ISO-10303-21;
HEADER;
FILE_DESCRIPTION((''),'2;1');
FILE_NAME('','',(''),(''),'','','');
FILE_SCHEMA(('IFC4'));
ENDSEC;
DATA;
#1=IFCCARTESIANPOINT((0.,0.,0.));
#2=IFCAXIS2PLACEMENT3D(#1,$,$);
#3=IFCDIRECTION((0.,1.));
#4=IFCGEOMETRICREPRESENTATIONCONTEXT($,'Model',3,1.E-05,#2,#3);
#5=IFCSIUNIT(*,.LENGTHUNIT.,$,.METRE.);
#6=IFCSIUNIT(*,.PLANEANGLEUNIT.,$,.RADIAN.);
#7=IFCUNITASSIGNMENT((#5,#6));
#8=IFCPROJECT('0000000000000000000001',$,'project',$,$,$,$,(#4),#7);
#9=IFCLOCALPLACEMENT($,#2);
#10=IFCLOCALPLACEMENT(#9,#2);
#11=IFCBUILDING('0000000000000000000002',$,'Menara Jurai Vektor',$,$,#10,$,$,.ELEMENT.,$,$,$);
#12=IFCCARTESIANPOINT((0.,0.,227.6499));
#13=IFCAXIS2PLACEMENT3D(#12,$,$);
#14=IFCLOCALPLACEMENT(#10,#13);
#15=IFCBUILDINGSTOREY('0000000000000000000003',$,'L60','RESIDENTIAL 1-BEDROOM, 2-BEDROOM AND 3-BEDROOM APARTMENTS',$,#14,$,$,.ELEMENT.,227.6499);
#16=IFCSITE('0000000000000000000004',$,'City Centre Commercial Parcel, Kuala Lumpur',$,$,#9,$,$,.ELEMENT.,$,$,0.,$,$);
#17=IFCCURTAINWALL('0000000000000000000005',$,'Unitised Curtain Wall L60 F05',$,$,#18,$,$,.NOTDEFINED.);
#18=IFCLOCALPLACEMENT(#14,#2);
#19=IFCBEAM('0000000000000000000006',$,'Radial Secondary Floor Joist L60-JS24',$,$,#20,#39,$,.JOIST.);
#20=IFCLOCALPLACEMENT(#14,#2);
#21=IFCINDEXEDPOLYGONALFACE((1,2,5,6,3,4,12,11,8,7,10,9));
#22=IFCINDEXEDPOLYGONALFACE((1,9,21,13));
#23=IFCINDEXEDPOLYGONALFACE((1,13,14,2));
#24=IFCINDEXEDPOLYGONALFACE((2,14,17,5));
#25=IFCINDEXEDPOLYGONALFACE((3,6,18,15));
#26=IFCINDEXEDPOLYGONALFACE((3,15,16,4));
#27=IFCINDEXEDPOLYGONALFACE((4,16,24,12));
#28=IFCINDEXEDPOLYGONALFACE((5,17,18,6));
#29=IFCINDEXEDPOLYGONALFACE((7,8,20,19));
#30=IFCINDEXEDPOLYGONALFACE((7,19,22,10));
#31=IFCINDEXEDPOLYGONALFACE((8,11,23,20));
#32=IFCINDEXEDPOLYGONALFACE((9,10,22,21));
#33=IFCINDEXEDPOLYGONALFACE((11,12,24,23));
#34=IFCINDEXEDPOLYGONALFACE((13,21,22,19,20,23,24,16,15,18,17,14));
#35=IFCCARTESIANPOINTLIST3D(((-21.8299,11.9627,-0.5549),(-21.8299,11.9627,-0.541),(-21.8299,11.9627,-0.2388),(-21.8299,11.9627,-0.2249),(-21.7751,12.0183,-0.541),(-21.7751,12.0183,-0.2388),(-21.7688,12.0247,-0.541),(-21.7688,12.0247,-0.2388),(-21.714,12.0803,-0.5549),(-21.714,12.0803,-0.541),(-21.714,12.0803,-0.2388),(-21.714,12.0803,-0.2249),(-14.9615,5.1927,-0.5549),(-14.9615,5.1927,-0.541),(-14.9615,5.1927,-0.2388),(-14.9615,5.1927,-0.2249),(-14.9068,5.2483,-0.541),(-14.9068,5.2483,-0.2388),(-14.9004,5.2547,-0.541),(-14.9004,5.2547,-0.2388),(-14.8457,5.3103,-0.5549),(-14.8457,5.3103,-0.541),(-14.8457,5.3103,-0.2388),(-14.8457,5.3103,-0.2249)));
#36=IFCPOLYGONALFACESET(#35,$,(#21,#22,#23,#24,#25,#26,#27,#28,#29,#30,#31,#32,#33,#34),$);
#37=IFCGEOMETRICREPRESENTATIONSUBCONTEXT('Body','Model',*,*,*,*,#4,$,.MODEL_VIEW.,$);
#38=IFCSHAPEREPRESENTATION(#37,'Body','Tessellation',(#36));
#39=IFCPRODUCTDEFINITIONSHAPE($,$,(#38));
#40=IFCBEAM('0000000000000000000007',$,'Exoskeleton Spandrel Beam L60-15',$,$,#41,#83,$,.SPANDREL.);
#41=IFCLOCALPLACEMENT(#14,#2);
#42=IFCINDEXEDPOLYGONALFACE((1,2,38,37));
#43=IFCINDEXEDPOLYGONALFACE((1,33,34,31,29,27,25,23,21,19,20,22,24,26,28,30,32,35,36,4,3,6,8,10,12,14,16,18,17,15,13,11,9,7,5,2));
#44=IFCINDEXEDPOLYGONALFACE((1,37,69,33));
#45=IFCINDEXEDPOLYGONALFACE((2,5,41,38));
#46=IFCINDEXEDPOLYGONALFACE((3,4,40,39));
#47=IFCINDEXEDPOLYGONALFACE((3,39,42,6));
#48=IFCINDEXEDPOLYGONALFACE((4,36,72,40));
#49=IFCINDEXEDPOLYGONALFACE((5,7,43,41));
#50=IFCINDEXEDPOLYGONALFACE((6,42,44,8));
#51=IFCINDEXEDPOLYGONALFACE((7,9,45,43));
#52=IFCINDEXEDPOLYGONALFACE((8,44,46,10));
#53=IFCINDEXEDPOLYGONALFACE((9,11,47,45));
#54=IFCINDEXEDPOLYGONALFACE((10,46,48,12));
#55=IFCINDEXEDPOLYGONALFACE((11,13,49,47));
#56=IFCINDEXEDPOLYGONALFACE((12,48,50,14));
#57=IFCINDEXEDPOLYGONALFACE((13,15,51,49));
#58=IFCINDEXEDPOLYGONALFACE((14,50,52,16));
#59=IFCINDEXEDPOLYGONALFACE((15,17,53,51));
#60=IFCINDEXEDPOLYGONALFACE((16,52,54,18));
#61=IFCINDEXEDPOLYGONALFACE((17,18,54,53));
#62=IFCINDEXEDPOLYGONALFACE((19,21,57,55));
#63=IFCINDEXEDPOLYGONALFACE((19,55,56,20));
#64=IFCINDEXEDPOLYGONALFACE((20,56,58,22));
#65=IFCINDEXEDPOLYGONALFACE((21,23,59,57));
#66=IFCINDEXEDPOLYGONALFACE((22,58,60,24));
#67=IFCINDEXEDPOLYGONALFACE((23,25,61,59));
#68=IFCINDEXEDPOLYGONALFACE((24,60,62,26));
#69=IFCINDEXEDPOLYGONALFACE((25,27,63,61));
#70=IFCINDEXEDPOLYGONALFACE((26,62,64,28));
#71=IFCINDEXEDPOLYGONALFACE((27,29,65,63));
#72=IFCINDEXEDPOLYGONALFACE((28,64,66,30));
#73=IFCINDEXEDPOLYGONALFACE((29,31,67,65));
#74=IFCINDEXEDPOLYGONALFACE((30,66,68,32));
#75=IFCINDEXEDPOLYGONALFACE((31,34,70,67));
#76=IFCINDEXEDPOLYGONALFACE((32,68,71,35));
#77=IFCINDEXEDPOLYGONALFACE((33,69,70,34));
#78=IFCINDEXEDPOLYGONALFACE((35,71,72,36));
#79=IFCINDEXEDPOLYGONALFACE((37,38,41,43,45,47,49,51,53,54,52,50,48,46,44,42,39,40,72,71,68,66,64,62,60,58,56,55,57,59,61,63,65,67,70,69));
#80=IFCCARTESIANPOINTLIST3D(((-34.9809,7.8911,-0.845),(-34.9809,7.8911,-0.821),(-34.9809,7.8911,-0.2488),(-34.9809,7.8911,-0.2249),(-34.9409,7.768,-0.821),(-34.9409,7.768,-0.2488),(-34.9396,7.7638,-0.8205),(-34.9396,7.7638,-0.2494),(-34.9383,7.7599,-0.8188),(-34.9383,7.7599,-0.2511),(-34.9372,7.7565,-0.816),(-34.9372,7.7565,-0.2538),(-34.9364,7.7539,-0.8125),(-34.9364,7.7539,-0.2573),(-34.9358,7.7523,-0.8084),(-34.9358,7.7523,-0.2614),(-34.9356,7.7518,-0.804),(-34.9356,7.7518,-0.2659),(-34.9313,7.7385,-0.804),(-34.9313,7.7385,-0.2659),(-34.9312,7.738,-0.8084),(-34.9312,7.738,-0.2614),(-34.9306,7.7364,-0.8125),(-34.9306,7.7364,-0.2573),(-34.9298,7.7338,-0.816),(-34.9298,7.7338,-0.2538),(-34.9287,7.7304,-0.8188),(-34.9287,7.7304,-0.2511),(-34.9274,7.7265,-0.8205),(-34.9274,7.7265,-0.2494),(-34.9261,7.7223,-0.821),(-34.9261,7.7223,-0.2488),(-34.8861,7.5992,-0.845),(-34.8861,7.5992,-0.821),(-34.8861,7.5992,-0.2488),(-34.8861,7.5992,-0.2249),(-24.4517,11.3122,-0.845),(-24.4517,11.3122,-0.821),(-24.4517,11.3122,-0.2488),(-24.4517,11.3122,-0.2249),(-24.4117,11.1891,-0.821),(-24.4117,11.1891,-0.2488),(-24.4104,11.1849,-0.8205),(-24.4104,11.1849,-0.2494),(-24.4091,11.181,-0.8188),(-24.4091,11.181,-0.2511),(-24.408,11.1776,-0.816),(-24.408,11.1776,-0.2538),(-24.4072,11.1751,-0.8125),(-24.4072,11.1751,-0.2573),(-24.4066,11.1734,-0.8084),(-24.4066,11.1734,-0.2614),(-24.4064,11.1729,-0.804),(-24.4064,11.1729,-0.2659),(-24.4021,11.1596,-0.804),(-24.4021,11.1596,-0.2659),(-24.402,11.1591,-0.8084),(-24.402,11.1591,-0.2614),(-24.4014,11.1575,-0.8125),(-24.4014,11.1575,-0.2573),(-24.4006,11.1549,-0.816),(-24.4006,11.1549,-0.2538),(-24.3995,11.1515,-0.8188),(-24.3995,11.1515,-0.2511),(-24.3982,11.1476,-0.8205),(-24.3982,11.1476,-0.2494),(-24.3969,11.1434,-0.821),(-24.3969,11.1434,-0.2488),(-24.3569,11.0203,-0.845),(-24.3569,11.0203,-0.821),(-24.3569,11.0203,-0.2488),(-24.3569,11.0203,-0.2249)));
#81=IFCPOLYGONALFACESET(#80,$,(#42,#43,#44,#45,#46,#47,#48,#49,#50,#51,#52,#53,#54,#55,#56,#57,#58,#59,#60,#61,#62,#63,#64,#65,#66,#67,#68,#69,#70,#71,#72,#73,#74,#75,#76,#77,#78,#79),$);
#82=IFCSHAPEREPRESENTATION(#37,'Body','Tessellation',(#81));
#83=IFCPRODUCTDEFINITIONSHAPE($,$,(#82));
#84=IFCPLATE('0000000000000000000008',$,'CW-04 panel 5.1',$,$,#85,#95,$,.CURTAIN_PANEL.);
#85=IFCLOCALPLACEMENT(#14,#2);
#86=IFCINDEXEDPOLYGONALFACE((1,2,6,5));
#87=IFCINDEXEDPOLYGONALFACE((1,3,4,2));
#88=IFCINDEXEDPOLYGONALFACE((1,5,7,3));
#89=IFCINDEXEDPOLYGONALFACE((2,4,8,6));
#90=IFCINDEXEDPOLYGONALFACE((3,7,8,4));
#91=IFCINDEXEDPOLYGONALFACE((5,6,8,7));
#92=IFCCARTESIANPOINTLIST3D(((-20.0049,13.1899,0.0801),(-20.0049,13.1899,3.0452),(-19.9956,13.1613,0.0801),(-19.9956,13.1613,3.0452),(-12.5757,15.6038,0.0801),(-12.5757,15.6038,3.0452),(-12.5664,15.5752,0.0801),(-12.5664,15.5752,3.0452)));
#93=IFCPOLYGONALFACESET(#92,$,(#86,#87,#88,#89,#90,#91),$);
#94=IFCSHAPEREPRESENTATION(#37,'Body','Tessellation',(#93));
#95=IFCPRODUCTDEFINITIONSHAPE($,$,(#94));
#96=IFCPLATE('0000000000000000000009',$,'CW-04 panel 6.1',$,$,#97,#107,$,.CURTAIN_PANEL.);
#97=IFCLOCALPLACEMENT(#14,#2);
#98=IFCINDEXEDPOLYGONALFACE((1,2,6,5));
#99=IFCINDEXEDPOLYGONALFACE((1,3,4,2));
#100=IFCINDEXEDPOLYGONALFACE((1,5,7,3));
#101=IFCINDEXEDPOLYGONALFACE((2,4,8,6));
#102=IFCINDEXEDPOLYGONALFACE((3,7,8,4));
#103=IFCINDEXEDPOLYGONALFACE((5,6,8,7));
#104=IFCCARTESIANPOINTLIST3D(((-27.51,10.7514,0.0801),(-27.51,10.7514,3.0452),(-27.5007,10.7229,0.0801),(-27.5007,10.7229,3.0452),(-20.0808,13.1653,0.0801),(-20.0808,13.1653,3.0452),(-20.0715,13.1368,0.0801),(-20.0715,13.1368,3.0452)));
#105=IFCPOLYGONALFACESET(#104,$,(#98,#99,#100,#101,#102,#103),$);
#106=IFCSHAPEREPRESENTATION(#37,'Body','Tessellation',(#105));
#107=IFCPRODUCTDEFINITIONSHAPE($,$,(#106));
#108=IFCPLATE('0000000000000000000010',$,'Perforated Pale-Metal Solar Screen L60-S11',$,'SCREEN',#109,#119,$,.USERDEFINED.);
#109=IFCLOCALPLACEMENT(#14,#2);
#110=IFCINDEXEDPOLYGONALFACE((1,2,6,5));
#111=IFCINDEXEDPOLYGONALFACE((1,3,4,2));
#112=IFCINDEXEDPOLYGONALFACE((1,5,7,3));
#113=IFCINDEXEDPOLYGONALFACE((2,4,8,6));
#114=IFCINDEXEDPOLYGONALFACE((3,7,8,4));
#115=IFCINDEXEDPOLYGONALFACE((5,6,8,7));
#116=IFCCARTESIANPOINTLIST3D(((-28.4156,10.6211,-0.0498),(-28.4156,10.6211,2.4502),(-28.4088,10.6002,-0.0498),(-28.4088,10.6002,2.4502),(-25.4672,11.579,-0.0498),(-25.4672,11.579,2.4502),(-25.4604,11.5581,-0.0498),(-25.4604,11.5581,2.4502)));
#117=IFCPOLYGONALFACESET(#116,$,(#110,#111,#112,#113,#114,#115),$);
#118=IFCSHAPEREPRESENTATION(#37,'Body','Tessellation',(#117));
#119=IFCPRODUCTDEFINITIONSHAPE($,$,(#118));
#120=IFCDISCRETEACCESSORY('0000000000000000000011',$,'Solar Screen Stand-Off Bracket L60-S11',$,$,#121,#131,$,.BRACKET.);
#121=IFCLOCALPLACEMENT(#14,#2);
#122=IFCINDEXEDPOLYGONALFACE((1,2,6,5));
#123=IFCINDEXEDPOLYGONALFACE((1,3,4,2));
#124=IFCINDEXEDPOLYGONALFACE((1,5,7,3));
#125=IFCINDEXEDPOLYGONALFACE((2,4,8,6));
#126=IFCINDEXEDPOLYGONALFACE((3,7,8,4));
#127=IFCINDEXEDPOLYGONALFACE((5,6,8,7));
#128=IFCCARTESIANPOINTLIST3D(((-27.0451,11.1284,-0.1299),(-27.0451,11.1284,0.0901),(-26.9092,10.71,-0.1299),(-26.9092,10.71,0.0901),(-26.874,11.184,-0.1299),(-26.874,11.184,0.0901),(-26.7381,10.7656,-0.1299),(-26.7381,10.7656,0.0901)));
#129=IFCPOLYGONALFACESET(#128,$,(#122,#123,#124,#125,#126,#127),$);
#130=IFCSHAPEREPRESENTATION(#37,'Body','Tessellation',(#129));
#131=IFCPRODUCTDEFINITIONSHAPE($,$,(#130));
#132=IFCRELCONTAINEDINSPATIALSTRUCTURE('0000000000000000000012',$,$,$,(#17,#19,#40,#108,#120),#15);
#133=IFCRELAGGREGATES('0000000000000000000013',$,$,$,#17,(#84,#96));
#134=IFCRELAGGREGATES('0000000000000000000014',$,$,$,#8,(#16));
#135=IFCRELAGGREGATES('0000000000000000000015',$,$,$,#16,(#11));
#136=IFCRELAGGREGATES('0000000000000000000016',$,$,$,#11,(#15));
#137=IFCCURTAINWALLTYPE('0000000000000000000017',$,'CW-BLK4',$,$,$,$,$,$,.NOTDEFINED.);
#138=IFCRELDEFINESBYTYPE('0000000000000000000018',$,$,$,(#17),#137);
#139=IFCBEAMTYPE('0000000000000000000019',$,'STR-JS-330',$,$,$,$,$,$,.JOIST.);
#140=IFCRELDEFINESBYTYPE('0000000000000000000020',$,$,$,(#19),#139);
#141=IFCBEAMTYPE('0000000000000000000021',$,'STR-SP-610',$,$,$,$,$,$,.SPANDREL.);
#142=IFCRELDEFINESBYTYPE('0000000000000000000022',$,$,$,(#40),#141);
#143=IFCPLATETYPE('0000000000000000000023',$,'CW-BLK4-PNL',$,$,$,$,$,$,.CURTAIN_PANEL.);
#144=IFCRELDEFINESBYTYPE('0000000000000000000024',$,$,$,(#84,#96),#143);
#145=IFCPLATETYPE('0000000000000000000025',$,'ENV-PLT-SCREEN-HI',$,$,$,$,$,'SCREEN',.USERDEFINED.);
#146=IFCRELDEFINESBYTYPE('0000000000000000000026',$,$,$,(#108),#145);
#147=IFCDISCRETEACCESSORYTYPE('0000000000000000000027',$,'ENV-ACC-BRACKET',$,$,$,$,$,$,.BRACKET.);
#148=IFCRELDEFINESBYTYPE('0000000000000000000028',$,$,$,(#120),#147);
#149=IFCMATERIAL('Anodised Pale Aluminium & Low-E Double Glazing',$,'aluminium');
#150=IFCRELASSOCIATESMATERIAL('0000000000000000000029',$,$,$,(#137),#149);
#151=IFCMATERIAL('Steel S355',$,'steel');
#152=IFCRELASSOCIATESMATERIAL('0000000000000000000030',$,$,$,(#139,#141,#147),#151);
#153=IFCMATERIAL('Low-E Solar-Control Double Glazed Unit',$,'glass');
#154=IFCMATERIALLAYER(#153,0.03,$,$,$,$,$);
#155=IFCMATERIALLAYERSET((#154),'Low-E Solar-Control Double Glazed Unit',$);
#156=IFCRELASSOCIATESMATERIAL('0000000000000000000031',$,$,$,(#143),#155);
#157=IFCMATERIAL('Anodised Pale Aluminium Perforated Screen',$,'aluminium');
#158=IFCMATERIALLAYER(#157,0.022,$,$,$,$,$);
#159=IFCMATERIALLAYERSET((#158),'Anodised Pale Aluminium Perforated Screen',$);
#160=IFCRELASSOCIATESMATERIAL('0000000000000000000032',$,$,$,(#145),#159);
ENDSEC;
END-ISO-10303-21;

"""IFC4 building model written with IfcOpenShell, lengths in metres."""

from ifc_helpers import new_model, si_unit, direction, frame, origin, origin_2d, place, context, subcontext, project, spatial, rectangle, i_section, extrude, material, layer, layer_set, material_profile, profile_set, type_object, element, aggregate, save


model = new_model("IFC4")

# Units and contexts
model_context = context("Model", 3, precision=1e-05, world=origin(), true_north=direction((0.0, 1.0)))
body_context = subcontext(model_context, "Body", "Model", "MODEL_VIEW")
ifc_project = project(units=[si_unit("LENGTHUNIT", "METRE"), si_unit("PLANEANGLEUNIT", "RADIAN")], contexts=[model_context])

# Site, building, storey
site_placement = place(None, origin())
site = spatial("IfcSite", under=ifc_project, at=site_placement, Name="City Centre Commercial Parcel, Kuala Lumpur", CompositionType="ELEMENT", RefElevation=0.0)
building_placement = place(site_placement, origin())
building = spatial("IfcBuilding", under=site, at=building_placement, Name="Menara Jurai Vektor", CompositionType="ELEMENT")
storey_placement = place(building_placement, frame((0.0, 0.0, 227.6499)))
storey = spatial("IfcBuildingStorey", under=building, at=storey_placement, Name="L60", Description="RESIDENTIAL 1-BEDROOM, 2-BEDROOM AND 3-BEDROOM APARTMENTS", CompositionType="ELEMENT", Elevation=227.6499)

# Curtain wall
ifc_material_1 = material(Name="Anodised Pale Aluminium & Low-E Double Glazing", Category="aluminium")
curtain_wall_type = type_object("IfcCurtainWallType", Name="CW-BLK4", PredefinedType="NOTDEFINED", material=ifc_material_1)
curtain_wall_placement = place(storey_placement, origin())
curtain_wall = element("IfcCurtainWall", 1, at=curtain_wall_placement, inside=storey, type_object=curtain_wall_type, Name="Unitised Curtain Wall L60 F05", PredefinedType="NOTDEFINED")

# Beams
ifc_material_2 = material(Name="Steel S355", Category="steel")
ifc_material_profile_1 = material_profile(ifc_material_2, i_section(OverallWidth=0.165, OverallDepth=0.3301, WebThickness=0.009, FlangeThickness=0.0139, at=origin_2d()), Name="PG 330x165x46")
ifc_profile_set_1 = profile_set([ifc_material_profile_1], Name="Steel S355")
beam_type_1 = type_object("IfcBeamType", Name="STR-JS-330", PredefinedType="JOIST", material=ifc_profile_set_1)
beam_1_placement = place(storey_placement, frame((-21.772, 12.0215, -0.3899), z_axis=(0.712189, -0.701987, 0.0), x_axis=(0.701987, 0.712189, 0.0)))
element("IfcBeam", 2, at=beam_1_placement, inside=storey, type_object=beam_type_1, Name="Radial Secondary Floor Joist L60-JS24", PredefinedType="JOIST", context=body_context, shape_type="SweptSolid", body=[
    extrude(i_section(OverallWidth=0.165, OverallDepth=0.3301, WebThickness=0.009, FlangeThickness=0.0139, at=origin_2d()), origin(), (0.0, 0.0, 1.0), 9.644),
])
ifc_material_profile_2 = material_profile(ifc_material_2, i_section(OverallWidth=0.3069, OverallDepth=0.6201, WebThickness=0.0139, FlangeThickness=0.0239, FilletRadius=0.0171, at=origin_2d()), Name="UKB 610x305x179")
ifc_profile_set_2 = profile_set([ifc_material_profile_2], Name="Steel S355")
beam_type_2 = type_object("IfcBeamType", Name="STR-SP-610", PredefinedType="SPANDREL", material=ifc_profile_set_2)
beam_2_placement = place(storey_placement, frame((-24.4043, 11.1663, -0.5349), z_axis=(-0.951057, -0.309014, 0.0), x_axis=(0.309014, -0.951057, 0.0)))
element("IfcBeam", 3, at=beam_2_placement, inside=storey, type_object=beam_type_2, Name="Exoskeleton Spandrel Beam L60-15", PredefinedType="SPANDREL", context=body_context, shape_type="SweptSolid", body=[
    extrude(i_section(OverallWidth=0.3069, OverallDepth=0.6201, WebThickness=0.0139, FlangeThickness=0.0239, FilletRadius=0.0171, at=origin_2d()), origin(), (0.0, 0.0, 1.0), 11.071),
])

# Plates
ifc_material_3 = material(Name="Low-E Solar-Control Double Glazed Unit", Category="glass")
ifc_layer_1 = layer(ifc_material_3, 0.03)
ifc_layer_set_1 = layer_set([ifc_layer_1], Name="Low-E Solar-Control Double Glazed Unit")
plate_type_1 = type_object("IfcPlateType", Name="CW-BLK4-PNL", PredefinedType="CURTAIN_PANEL", material=ifc_layer_set_1)
plate_1_placement = place(storey_placement, frame((-16.2856, 14.3826, 0.0801), z_axis=(0.0, 0.0, 1.0), x_axis=(-0.951056, -0.309017, 0.0)))
plate_1 = element("IfcPlate", 4, at=plate_1_placement, type_object=plate_type_1, Name="CW-04 panel 5.1", PredefinedType="CURTAIN_PANEL", context=body_context, shape_type="SweptSolid", body=[
    extrude(rectangle(XDim=7.8115, YDim=0.03, at=origin_2d()), origin(), (0.0, 0.0, 1.0), 2.9651),
])
plate_2_placement = place(storey_placement, frame((-23.7908, 11.9441, 0.0801), z_axis=(0.0, 0.0, 1.0), x_axis=(-0.951056, -0.309017, 0.0)))
plate_2 = element("IfcPlate", 5, at=plate_2_placement, type_object=plate_type_1, Name="CW-04 panel 6.1", PredefinedType="CURTAIN_PANEL", context=body_context, shape_type="SweptSolid", body=[
    extrude(rectangle(XDim=7.8115, YDim=0.03, at=origin_2d()), origin(), (0.0, 0.0, 1.0), 2.9651),
])
aggregate(curtain_wall, [plate_1, plate_2])
ifc_material_4 = material(Name="Anodised Pale Aluminium Perforated Screen", Category="aluminium")
ifc_layer_2 = layer(ifc_material_4, 0.022)
ifc_layer_set_2 = layer_set([ifc_layer_2], Name="Anodised Pale Aluminium Perforated Screen")
plate_type_2 = type_object("IfcPlateType", Name="ENV-PLT-SCREEN-HI", ElementType="SCREEN", PredefinedType="USERDEFINED", material=ifc_layer_set_2)
plate_3_placement = place(storey_placement, frame((-26.938, 11.0896, -0.0498), z_axis=(0.0, 0.0, 1.0), x_axis=(-0.951057, -0.309017, 0.0)))
element("IfcPlate", 6, at=plate_3_placement, inside=storey, type_object=plate_type_2, Name="Perforated Pale-Metal Solar Screen L60-S11", ObjectType="SCREEN", PredefinedType="USERDEFINED", context=body_context, shape_type="SweptSolid", body=[
    extrude(rectangle(XDim=3.1001, YDim=0.022, at=origin_2d()), origin(), (0.0, 0.0, 1.0), 2.5),
])

# Discrete accessory
discrete_accessory_type = type_object("IfcDiscreteAccessoryType", Name="ENV-ACC-BRACKET", PredefinedType="BRACKET", material=ifc_material_2)
discrete_accessory_placement = place(storey_placement, frame((-26.8916, 10.947, -0.1299), z_axis=(0.0, 0.0, 1.0), x_axis=(-0.951057, -0.309017, 0.0)))
element("IfcDiscreteAccessory", 7, at=discrete_accessory_placement, inside=storey, type_object=discrete_accessory_type, Name="Solar Screen Stand-Off Bracket L60-S11", PredefinedType="BRACKET", context=body_context, shape_type="SweptSolid", body=[
    extrude(rectangle(XDim=0.1799, YDim=0.4399, at=origin_2d()), origin(), (0.0, 0.0, 1.0), 0.22),
])

save(model, "model.ifc")
